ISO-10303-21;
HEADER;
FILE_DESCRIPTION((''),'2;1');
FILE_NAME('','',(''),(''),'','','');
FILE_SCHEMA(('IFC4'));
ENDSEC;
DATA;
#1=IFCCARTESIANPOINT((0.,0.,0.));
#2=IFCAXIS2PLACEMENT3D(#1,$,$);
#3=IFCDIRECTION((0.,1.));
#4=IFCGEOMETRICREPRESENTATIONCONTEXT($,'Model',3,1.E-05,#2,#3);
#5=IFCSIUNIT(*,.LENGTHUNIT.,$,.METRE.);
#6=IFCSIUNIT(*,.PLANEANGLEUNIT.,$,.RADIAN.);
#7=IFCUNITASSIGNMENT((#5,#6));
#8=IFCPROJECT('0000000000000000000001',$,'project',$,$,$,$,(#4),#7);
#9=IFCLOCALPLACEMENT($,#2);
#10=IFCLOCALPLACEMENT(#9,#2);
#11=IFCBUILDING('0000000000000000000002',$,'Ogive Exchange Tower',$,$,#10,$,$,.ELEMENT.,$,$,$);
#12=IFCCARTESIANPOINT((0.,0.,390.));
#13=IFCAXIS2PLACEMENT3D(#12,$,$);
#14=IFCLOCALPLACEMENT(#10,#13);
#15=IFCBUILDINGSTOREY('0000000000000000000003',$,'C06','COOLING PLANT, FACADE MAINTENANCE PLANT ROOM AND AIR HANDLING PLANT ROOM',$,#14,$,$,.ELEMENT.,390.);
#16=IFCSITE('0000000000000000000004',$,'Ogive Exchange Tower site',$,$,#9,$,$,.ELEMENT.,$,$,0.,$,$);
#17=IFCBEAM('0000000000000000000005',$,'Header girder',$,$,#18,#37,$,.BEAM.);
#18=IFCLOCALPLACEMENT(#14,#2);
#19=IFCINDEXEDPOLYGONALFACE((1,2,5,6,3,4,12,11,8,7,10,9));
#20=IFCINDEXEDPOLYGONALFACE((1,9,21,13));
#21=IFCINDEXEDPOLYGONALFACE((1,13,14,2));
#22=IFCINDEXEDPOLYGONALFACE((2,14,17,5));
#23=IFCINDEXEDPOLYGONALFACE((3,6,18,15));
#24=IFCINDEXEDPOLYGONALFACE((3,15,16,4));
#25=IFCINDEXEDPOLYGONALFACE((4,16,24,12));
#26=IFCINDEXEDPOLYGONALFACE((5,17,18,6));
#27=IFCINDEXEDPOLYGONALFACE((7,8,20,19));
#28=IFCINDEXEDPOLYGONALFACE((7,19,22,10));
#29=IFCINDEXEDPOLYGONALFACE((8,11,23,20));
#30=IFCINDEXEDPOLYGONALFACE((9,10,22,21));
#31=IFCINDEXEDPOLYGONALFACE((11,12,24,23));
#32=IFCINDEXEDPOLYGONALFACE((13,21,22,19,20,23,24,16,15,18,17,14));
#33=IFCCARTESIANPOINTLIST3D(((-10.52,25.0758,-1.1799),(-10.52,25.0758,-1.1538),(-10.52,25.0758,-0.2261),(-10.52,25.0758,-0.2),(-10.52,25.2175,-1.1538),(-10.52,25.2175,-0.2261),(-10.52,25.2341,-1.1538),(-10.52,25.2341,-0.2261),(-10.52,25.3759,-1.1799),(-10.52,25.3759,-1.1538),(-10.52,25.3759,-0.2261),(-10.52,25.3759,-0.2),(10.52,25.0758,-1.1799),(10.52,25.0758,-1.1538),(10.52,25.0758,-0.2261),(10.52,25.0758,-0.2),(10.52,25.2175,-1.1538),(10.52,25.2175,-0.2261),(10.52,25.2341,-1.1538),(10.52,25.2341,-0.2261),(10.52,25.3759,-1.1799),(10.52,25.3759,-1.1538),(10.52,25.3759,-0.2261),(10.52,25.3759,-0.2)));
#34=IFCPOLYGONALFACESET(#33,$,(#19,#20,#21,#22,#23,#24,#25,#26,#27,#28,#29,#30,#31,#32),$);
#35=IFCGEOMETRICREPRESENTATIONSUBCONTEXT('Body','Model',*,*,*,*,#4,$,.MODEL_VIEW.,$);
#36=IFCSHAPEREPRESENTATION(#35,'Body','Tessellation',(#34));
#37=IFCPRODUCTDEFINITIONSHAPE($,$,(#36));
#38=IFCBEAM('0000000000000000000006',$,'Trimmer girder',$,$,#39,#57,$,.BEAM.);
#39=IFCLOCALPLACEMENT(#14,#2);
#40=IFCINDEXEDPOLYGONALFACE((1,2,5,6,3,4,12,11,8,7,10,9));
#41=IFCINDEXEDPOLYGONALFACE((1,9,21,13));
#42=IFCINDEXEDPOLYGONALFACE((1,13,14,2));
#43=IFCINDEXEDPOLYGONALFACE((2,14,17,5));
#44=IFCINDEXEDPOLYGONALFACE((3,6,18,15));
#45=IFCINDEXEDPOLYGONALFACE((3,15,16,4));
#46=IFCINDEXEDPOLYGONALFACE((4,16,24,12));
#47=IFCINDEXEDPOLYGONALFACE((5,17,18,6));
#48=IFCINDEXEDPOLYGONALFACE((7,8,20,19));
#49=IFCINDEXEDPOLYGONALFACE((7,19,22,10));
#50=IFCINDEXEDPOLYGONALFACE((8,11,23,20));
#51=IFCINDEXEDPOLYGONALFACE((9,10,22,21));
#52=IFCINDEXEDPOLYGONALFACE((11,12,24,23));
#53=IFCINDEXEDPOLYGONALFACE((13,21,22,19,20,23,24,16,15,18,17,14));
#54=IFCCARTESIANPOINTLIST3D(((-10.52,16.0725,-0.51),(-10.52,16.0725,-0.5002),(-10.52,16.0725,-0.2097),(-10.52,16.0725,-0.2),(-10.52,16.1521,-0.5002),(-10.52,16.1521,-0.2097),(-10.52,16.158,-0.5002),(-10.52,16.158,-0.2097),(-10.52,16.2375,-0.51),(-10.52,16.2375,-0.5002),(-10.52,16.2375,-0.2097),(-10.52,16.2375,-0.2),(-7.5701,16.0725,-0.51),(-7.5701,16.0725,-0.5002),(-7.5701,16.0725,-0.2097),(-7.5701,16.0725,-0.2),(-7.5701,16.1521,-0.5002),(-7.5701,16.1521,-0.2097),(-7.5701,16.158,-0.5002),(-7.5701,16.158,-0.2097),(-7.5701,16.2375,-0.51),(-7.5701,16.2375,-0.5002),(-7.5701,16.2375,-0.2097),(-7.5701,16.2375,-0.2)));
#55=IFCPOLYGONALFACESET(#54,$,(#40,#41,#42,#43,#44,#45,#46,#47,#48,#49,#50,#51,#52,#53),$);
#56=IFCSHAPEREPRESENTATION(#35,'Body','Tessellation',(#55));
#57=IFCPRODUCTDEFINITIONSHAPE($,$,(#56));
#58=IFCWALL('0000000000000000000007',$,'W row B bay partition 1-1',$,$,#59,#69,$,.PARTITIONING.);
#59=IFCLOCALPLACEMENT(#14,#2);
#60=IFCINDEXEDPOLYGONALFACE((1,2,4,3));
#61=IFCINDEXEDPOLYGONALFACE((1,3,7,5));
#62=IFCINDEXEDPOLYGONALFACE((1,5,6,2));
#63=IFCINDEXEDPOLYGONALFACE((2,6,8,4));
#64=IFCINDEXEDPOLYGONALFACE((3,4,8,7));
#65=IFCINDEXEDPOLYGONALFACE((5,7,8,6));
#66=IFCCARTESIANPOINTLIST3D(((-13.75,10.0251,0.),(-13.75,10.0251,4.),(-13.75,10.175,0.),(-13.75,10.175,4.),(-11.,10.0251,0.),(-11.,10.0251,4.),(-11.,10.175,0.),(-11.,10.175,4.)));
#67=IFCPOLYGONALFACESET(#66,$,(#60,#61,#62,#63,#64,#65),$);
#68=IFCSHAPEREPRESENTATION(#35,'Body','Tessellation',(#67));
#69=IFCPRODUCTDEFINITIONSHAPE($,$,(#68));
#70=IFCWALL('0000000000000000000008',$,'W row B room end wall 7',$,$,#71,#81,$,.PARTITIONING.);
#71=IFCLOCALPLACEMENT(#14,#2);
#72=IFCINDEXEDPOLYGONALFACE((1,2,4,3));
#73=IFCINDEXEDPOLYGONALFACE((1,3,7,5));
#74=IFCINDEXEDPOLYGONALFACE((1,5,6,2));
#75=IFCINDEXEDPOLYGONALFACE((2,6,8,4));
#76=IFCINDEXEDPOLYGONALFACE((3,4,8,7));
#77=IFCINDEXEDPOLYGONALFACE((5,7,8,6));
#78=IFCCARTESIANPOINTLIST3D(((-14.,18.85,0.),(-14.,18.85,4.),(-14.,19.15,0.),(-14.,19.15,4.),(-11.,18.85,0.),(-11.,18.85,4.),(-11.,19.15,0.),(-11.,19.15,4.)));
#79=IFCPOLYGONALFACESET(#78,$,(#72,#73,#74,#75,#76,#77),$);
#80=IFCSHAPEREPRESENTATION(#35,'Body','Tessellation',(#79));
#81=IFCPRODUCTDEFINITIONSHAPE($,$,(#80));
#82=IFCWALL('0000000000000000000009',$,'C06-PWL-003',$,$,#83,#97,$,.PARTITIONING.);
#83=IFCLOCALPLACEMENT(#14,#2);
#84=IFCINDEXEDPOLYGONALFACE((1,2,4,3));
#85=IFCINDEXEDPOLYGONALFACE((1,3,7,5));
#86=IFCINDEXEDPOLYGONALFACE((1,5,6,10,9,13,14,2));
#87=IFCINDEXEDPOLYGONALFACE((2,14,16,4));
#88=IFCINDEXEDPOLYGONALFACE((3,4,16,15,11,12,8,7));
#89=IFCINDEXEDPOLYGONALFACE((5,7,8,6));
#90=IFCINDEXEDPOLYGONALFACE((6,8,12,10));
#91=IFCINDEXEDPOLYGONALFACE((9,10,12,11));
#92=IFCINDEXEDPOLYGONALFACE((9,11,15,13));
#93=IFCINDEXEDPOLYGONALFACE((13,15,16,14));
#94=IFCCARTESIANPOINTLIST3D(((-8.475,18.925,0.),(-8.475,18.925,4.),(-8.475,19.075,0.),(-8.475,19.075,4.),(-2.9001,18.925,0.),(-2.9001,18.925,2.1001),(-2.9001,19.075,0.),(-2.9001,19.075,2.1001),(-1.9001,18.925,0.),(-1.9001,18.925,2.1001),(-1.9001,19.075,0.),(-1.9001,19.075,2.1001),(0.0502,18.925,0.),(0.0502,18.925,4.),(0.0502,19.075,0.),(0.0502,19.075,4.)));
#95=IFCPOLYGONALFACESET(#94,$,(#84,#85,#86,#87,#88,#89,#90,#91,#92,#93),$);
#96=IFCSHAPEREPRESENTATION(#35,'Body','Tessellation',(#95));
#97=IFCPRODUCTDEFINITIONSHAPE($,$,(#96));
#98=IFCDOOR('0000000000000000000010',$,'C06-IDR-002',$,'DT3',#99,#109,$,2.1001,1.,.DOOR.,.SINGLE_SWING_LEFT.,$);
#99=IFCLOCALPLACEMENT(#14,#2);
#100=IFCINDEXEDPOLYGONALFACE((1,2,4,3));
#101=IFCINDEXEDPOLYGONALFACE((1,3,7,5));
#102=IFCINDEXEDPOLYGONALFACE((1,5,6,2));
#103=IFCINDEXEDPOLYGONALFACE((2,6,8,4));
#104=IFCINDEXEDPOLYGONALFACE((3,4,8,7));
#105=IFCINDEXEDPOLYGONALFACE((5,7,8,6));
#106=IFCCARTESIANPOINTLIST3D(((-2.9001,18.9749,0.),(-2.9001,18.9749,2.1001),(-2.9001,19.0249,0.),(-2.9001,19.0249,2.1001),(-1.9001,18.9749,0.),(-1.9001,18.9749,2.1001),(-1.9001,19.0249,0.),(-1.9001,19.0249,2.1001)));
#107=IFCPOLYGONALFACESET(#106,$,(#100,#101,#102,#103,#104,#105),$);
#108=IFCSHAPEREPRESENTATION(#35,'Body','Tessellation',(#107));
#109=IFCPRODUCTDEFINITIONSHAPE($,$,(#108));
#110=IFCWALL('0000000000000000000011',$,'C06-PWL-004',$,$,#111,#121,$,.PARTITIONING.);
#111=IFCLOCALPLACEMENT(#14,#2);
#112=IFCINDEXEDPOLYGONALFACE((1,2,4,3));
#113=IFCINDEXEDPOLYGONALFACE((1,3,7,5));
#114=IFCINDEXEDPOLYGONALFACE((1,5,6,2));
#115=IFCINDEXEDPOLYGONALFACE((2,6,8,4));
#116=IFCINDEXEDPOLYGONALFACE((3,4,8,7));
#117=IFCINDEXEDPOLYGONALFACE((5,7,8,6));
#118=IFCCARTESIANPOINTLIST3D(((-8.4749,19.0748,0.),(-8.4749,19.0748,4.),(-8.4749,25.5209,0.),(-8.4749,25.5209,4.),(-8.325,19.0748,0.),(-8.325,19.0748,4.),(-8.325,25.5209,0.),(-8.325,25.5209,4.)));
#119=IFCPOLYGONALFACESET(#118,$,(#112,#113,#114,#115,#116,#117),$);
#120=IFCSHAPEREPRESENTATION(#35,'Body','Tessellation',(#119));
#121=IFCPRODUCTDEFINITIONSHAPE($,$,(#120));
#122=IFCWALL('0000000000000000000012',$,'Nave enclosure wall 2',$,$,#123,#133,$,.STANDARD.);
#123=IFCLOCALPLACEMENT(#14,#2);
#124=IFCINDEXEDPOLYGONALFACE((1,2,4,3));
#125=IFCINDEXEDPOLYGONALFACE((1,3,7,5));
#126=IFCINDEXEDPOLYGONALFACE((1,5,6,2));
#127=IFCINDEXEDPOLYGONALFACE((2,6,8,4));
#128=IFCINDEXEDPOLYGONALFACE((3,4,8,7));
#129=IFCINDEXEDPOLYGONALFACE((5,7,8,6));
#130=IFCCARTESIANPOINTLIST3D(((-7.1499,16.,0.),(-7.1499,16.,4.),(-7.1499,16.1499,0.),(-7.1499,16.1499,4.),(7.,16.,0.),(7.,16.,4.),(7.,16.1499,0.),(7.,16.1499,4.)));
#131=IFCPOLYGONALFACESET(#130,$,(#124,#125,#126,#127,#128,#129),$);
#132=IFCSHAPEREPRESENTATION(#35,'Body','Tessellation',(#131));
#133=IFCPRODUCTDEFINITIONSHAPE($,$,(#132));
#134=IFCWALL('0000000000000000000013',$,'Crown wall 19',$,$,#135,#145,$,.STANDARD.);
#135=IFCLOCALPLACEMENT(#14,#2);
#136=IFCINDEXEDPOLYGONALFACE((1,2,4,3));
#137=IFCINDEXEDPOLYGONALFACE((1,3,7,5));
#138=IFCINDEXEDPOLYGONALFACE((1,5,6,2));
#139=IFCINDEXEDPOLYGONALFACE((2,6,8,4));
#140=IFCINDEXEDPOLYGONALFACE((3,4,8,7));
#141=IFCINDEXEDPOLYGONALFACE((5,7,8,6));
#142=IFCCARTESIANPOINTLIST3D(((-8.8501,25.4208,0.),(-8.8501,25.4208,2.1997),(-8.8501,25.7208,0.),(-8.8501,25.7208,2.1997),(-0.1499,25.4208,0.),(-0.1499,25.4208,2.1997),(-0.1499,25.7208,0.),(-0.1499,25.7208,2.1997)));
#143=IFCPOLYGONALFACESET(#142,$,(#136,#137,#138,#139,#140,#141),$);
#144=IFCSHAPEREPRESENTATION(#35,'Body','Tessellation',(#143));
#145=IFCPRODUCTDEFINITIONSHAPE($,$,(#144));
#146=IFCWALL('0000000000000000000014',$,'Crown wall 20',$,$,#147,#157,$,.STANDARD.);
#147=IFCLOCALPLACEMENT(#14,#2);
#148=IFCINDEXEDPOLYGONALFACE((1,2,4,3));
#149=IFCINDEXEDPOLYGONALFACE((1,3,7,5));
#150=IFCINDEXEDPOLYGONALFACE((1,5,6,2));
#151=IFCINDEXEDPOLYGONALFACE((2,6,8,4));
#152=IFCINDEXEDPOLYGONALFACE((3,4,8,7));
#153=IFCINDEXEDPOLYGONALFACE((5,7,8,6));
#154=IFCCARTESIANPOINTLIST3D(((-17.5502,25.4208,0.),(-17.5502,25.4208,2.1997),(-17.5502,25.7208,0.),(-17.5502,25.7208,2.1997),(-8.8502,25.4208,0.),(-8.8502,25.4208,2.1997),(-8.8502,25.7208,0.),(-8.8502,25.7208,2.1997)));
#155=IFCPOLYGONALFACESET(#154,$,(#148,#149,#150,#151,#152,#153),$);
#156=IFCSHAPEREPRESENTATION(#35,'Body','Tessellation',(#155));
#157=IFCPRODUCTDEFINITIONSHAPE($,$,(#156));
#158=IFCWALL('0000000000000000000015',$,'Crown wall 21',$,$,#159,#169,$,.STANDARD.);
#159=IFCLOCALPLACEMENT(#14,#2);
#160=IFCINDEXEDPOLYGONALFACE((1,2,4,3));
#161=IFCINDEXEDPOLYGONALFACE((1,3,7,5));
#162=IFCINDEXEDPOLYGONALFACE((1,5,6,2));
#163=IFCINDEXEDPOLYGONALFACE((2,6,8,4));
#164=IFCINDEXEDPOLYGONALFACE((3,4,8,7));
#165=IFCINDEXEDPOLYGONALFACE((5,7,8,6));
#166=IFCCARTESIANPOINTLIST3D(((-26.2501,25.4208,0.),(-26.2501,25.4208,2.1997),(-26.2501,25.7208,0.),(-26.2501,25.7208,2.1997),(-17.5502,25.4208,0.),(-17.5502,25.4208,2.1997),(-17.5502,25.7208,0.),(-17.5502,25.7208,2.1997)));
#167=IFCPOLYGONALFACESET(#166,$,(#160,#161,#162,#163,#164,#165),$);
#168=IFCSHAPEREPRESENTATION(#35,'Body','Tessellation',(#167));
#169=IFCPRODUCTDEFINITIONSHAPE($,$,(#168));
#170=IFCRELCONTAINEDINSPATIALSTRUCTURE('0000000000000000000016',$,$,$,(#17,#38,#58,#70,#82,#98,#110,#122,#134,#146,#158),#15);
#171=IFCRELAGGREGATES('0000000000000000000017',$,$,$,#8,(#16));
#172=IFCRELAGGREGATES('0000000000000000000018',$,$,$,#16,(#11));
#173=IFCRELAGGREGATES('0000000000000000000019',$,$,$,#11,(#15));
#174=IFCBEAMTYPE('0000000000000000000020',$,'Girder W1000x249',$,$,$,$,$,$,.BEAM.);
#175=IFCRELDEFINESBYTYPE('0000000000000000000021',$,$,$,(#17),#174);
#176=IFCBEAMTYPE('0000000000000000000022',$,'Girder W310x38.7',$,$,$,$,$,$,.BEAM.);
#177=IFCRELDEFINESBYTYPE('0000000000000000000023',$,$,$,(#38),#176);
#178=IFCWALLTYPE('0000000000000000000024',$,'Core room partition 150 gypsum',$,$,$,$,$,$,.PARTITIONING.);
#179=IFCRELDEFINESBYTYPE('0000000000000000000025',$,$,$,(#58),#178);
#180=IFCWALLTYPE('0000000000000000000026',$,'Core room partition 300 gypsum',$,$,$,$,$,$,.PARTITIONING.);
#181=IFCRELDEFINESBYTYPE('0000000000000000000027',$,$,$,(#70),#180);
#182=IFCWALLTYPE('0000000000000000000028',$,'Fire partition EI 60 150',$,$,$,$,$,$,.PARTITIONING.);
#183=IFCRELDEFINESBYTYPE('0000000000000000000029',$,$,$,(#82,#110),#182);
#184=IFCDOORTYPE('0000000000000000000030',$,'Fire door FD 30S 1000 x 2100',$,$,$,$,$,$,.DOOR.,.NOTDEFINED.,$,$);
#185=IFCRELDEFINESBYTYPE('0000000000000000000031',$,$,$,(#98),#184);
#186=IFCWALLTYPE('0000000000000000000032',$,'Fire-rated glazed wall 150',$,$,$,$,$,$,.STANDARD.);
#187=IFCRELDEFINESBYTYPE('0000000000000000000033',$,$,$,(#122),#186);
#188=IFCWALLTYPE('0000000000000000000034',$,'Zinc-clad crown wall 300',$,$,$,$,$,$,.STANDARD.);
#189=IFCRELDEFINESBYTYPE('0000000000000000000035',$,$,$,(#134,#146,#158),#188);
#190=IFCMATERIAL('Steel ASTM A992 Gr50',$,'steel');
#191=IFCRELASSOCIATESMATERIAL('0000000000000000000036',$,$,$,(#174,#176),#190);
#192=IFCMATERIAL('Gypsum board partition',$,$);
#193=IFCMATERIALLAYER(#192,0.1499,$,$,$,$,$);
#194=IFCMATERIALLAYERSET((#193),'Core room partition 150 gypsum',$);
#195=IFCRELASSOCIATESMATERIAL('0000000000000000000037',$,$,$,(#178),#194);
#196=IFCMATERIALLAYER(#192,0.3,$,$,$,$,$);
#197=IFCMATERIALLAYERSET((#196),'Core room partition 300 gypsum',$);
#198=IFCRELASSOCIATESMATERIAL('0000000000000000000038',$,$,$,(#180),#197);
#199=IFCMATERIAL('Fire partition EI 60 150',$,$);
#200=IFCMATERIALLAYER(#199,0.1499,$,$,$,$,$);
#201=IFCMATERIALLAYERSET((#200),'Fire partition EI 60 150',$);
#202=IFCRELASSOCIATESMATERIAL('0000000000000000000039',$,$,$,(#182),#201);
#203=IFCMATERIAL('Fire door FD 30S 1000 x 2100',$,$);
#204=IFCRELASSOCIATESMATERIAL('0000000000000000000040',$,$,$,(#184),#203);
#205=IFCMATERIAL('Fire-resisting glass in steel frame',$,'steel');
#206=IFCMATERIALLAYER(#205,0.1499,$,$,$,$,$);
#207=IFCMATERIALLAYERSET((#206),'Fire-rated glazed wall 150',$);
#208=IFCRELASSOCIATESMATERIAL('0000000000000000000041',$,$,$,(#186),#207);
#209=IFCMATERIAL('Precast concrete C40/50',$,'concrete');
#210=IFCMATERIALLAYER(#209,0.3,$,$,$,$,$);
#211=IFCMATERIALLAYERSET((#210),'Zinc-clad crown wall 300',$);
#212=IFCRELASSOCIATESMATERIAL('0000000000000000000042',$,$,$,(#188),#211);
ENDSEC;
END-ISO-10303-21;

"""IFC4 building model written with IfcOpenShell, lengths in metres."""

from ifc_helpers import new_model, si_unit, direction, frame, frame_2d, origin, origin_2d, place, context, subcontext, project, spatial, rectangle, i_section, extrude, material, layer, layer_set, material_profile, profile_set, type_object, element, fill, save


model = new_model("IFC4")

# Units and contexts
model_context = context("Model", 3, precision=1e-05, world=origin(), true_north=direction((0.0, 1.0)))
body_context = subcontext(model_context, "Body", "Model", "MODEL_VIEW")
ifc_project = project(units=[si_unit("LENGTHUNIT", "METRE"), si_unit("PLANEANGLEUNIT", "RADIAN")], contexts=[model_context])

# Site, building, storey
site_placement = place(None, origin())
site = spatial("IfcSite", under=ifc_project, at=site_placement, Name="Ogive Exchange Tower site", CompositionType="ELEMENT", RefElevation=0.0)
building_placement = place(site_placement, origin())
building = spatial("IfcBuilding", under=site, at=building_placement, Name="Ogive Exchange Tower", CompositionType="ELEMENT")
storey_placement = place(building_placement, frame((0.0, 0.0, 390.0)))
storey = spatial("IfcBuildingStorey", under=building, at=storey_placement, Name="C06", Description="COOLING PLANT, FACADE MAINTENANCE PLANT ROOM AND AIR HANDLING PLANT ROOM", CompositionType="ELEMENT", Elevation=390.0)

# Shared definitions
ifc_material_1 = material(Name="Steel ASTM A992 Gr50", Category="steel")

# Beams
ifc_material_profile_1 = material_profile(ifc_material_1, i_section(OverallWidth=0.3, OverallDepth=0.98, WebThickness=0.0166, FlangeThickness=0.0261, at=origin_2d()), Name="W1000x249")
ifc_profile_set_1 = profile_set([ifc_material_profile_1], Name="Steel ASTM A992 Gr50")
beam_type_1 = type_object("IfcBeamType", Name="Girder W1000x249", PredefinedType="BEAM", material=ifc_profile_set_1)
beam_1_placement = place(storey_placement, frame((-10.52, 25.2258, -0.6899), z_axis=(1.0, 0.0, 0.0), x_axis=(0.0, 1.0, 0.0)))
element("IfcBeam", 1, at=beam_1_placement, inside=storey, type_object=beam_type_1, Name="Header girder", PredefinedType="BEAM", context=body_context, shape_type="SweptSolid", body=[
    extrude(i_section(OverallWidth=0.3, OverallDepth=0.98, WebThickness=0.0166, FlangeThickness=0.0261, at=origin_2d()), origin(), (0.0, 0.0, 1.0), 21.04),
])
ifc_material_profile_2 = material_profile(ifc_material_1, i_section(OverallWidth=0.165, OverallDepth=0.3101, WebThickness=0.0059, FlangeThickness=0.0098, at=origin_2d()), Name="W310x38.7")
ifc_profile_set_2 = profile_set([ifc_material_profile_2], Name="Steel ASTM A992 Gr50")
beam_type_2 = type_object("IfcBeamType", Name="Girder W310x38.7", PredefinedType="BEAM", material=ifc_profile_set_2)
beam_2_placement = place(storey_placement, frame((-10.52, 16.155, -0.355), z_axis=(1.0, 0.0, 0.0), x_axis=(0.0, 1.0, 0.0)))
element("IfcBeam", 2, at=beam_2_placement, inside=storey, type_object=beam_type_2, Name="Trimmer girder", PredefinedType="BEAM", context=body_context, shape_type="SweptSolid", body=[
    extrude(i_section(OverallWidth=0.165, OverallDepth=0.3101, WebThickness=0.0059, FlangeThickness=0.0098, at=origin_2d()), origin(), (0.0, 0.0, 1.0), 2.95),
])

# Walls
ifc_material_2 = material(Name="Gypsum board partition")
ifc_layer_1 = layer(ifc_material_2, 0.1499)
ifc_layer_set_1 = layer_set([ifc_layer_1], Name="Core room partition 150 gypsum")
wall_type_1 = type_object("IfcWallType", Name="Core room partition 150 gypsum", PredefinedType="PARTITIONING", material=ifc_layer_set_1)
wall_1_placement = place(storey_placement, frame((-13.75, 10.1001, 0.0), z_axis=(0.0, 0.0, 1.0), x_axis=(1.0, 0.0, 0.0)))
element("IfcWall", 3, at=wall_1_placement, inside=storey, type_object=wall_type_1, Name="W row B bay partition 1-1", PredefinedType="PARTITIONING", context=body_context, shape_type="SweptSolid", body=[
    extrude(rectangle(XDim=2.75, YDim=0.1499, at=frame_2d((1.375, 0.0))), origin(), (0.0, 0.0, 1.0), 4.0),
])
ifc_layer_2 = layer(ifc_material_2, 0.3)
ifc_layer_set_2 = layer_set([ifc_layer_2], Name="Core room partition 300 gypsum")
wall_type_2 = type_object("IfcWallType", Name="Core room partition 300 gypsum", PredefinedType="PARTITIONING", material=ifc_layer_set_2)
wall_2_placement = place(storey_placement, frame((-14.0, 19.0, 0.0), z_axis=(0.0, 0.0, 1.0), x_axis=(1.0, 0.0, 0.0)))
element("IfcWall", 4, at=wall_2_placement, inside=storey, type_object=wall_type_2, Name="W row B room end wall 7", PredefinedType="PARTITIONING", context=body_context, shape_type="SweptSolid", body=[
    extrude(rectangle(XDim=3.0, YDim=0.3, at=frame_2d((1.5, 0.0))), origin(), (0.0, 0.0, 1.0), 4.0),
])

# Wall, opening, door
ifc_material_3 = material(Name="Fire partition EI 60 150")
ifc_layer_3 = layer(ifc_material_3, 0.1499)
ifc_layer_set_3 = layer_set([ifc_layer_3], Name="Fire partition EI 60 150")
wall_type_3 = type_object("IfcWallType", Name="Fire partition EI 60 150", PredefinedType="PARTITIONING", material=ifc_layer_set_3)
wall_3_placement = place(storey_placement, frame((-8.4751, 19.0, 0.0), z_axis=(0.0, 0.0, 1.0), x_axis=(1.0, 0.0, 0.0)))
wall_3 = element("IfcWall", 5, at=wall_3_placement, inside=storey, type_object=wall_type_3, Name="C06-PWL-003", PredefinedType="PARTITIONING", context=body_context, shape_type="SweptSolid", body=[
    extrude(rectangle(XDim=8.5251, YDim=0.1499, at=frame_2d((4.2627, 0.0))), origin(), (0.0, 0.0, 1.0), 4.0),
])
opening_placement = place(wall_3_placement, frame((5.575, 0.0, 0.0)))
opening = element("IfcOpeningElement", 6, at=opening_placement, cuts=wall_3, PredefinedType="OPENING", context=body_context, shape_type="SweptSolid", body=[
    extrude(rectangle(XDim=1.0, YDim=2.1001, at=frame_2d((0.5, 1.05))), frame((0.0, 0.085, 0.0), z_axis=(0.0, -1.0, 0.0), x_axis=(1.0, 0.0, 0.0)), (0.0, 0.0, 1.0), 0.1699),
])
ifc_material_4 = material(Name="Fire door FD 30S 1000 x 2100")
door_type = type_object("IfcDoorType", Name="Fire door FD 30S 1000 x 2100", OperationType="NOTDEFINED", PredefinedType="DOOR", material=ifc_material_4)
door_placement = place(opening_placement, origin())
door = element("IfcDoor", 7, at=door_placement, inside=storey, type_object=door_type, Name="C06-IDR-002", ObjectType="DT3", OperationType="SINGLE_SWING_LEFT", OverallHeight=2.1001, OverallWidth=1.0, PredefinedType="DOOR", context=body_context, shape_type="SweptSolid", body=[
    extrude(rectangle(XDim=1.0, YDim=2.1001, at=frame_2d((0.5, 1.05))), frame((0.0, 0.0249, 0.0), z_axis=(0.0, -1.0, 0.0), x_axis=(1.0, 0.0, 0.0)), (0.0, 0.0, 1.0), 0.05),
])
fill(opening, door)

# Walls
wall_4_placement = place(storey_placement, frame((-8.3999, 25.521, 0.0), z_axis=(0.0, 0.0, 1.0), x_axis=(0.0, -1.0, 0.0)))
element("IfcWall", 8, at=wall_4_placement, inside=storey, type_object=wall_type_3, Name="C06-PWL-004", PredefinedType="PARTITIONING", context=body_context, shape_type="SweptSolid", body=[
    extrude(rectangle(XDim=6.446, YDim=0.1499, at=frame_2d((3.2231, 0.0))), origin(), (0.0, 0.0, 1.0), 4.0),
])
ifc_material_5 = material(Name="Fire-resisting glass in steel frame", Category="steel")
ifc_layer_4 = layer(ifc_material_5, 0.1499)
ifc_layer_set_4 = layer_set([ifc_layer_4], Name="Fire-rated glazed wall 150")
wall_type_4 = type_object("IfcWallType", Name="Fire-rated glazed wall 150", PredefinedType="STANDARD", material=ifc_layer_set_4)
wall_5_placement = place(storey_placement, frame((-7.1499, 16.075, 0.0), z_axis=(0.0, 0.0, 1.0), x_axis=(1.0, 0.0, 0.0)))
element("IfcWall", 9, at=wall_5_placement, inside=storey, type_object=wall_type_4, Name="Nave enclosure wall 2", PredefinedType="STANDARD", context=body_context, shape_type="SweptSolid", body=[
    extrude(rectangle(XDim=14.1499, YDim=0.1499, at=frame_2d((7.075, 0.0))), origin(), (0.0, 0.0, 1.0), 4.0),
])
ifc_material_6 = material(Name="Precast concrete C40/50", Category="concrete")
ifc_layer_5 = layer(ifc_material_6, 0.3)
ifc_layer_set_5 = layer_set([ifc_layer_5], Name="Zinc-clad crown wall 300")
wall_type_5 = type_object("IfcWallType", Name="Zinc-clad crown wall 300", PredefinedType="STANDARD", material=ifc_layer_set_5)
wall_6_placement = place(storey_placement, frame((-0.1499, 25.5708, 0.0), z_axis=(0.0, 0.0, 1.0), x_axis=(-1.0, 0.0, 0.0)))
element("IfcWall", 10, at=wall_6_placement, inside=storey, type_object=wall_type_5, Name="Crown wall 19", PredefinedType="STANDARD", context=body_context, shape_type="SweptSolid", body=[
    extrude(rectangle(XDim=8.7002, YDim=0.3, at=frame_2d((4.3501, 0.0))), origin(), (0.0, 0.0, 1.0), 2.1997),
])
for number, where, z_axis, x_axis, name in (
    (11, (-8.8501, 25.5708, 0.0), (0.0, 0.0, 1.0), (-1.0, 0.0, 0.0), "Crown wall 20"),
    (12, (-17.55, 25.5708, 0.0), (0.0, 0.0, 1.0), (-1.0, 0.0, 0.0), "Crown wall 21"),
):
    element("IfcWall", number, at=place(storey_placement, frame(where, z_axis=z_axis, x_axis=x_axis)), inside=storey, type_object=wall_type_5, Name=name, PredefinedType="STANDARD", context=body_context, shape_type="SweptSolid", body=[
        extrude(rectangle(XDim=8.7, YDim=0.3, at=frame_2d((4.3501, 0.0))), origin(), (0.0, 0.0, 1.0), 2.1997),
    ])

save(model, "model.ifc")
